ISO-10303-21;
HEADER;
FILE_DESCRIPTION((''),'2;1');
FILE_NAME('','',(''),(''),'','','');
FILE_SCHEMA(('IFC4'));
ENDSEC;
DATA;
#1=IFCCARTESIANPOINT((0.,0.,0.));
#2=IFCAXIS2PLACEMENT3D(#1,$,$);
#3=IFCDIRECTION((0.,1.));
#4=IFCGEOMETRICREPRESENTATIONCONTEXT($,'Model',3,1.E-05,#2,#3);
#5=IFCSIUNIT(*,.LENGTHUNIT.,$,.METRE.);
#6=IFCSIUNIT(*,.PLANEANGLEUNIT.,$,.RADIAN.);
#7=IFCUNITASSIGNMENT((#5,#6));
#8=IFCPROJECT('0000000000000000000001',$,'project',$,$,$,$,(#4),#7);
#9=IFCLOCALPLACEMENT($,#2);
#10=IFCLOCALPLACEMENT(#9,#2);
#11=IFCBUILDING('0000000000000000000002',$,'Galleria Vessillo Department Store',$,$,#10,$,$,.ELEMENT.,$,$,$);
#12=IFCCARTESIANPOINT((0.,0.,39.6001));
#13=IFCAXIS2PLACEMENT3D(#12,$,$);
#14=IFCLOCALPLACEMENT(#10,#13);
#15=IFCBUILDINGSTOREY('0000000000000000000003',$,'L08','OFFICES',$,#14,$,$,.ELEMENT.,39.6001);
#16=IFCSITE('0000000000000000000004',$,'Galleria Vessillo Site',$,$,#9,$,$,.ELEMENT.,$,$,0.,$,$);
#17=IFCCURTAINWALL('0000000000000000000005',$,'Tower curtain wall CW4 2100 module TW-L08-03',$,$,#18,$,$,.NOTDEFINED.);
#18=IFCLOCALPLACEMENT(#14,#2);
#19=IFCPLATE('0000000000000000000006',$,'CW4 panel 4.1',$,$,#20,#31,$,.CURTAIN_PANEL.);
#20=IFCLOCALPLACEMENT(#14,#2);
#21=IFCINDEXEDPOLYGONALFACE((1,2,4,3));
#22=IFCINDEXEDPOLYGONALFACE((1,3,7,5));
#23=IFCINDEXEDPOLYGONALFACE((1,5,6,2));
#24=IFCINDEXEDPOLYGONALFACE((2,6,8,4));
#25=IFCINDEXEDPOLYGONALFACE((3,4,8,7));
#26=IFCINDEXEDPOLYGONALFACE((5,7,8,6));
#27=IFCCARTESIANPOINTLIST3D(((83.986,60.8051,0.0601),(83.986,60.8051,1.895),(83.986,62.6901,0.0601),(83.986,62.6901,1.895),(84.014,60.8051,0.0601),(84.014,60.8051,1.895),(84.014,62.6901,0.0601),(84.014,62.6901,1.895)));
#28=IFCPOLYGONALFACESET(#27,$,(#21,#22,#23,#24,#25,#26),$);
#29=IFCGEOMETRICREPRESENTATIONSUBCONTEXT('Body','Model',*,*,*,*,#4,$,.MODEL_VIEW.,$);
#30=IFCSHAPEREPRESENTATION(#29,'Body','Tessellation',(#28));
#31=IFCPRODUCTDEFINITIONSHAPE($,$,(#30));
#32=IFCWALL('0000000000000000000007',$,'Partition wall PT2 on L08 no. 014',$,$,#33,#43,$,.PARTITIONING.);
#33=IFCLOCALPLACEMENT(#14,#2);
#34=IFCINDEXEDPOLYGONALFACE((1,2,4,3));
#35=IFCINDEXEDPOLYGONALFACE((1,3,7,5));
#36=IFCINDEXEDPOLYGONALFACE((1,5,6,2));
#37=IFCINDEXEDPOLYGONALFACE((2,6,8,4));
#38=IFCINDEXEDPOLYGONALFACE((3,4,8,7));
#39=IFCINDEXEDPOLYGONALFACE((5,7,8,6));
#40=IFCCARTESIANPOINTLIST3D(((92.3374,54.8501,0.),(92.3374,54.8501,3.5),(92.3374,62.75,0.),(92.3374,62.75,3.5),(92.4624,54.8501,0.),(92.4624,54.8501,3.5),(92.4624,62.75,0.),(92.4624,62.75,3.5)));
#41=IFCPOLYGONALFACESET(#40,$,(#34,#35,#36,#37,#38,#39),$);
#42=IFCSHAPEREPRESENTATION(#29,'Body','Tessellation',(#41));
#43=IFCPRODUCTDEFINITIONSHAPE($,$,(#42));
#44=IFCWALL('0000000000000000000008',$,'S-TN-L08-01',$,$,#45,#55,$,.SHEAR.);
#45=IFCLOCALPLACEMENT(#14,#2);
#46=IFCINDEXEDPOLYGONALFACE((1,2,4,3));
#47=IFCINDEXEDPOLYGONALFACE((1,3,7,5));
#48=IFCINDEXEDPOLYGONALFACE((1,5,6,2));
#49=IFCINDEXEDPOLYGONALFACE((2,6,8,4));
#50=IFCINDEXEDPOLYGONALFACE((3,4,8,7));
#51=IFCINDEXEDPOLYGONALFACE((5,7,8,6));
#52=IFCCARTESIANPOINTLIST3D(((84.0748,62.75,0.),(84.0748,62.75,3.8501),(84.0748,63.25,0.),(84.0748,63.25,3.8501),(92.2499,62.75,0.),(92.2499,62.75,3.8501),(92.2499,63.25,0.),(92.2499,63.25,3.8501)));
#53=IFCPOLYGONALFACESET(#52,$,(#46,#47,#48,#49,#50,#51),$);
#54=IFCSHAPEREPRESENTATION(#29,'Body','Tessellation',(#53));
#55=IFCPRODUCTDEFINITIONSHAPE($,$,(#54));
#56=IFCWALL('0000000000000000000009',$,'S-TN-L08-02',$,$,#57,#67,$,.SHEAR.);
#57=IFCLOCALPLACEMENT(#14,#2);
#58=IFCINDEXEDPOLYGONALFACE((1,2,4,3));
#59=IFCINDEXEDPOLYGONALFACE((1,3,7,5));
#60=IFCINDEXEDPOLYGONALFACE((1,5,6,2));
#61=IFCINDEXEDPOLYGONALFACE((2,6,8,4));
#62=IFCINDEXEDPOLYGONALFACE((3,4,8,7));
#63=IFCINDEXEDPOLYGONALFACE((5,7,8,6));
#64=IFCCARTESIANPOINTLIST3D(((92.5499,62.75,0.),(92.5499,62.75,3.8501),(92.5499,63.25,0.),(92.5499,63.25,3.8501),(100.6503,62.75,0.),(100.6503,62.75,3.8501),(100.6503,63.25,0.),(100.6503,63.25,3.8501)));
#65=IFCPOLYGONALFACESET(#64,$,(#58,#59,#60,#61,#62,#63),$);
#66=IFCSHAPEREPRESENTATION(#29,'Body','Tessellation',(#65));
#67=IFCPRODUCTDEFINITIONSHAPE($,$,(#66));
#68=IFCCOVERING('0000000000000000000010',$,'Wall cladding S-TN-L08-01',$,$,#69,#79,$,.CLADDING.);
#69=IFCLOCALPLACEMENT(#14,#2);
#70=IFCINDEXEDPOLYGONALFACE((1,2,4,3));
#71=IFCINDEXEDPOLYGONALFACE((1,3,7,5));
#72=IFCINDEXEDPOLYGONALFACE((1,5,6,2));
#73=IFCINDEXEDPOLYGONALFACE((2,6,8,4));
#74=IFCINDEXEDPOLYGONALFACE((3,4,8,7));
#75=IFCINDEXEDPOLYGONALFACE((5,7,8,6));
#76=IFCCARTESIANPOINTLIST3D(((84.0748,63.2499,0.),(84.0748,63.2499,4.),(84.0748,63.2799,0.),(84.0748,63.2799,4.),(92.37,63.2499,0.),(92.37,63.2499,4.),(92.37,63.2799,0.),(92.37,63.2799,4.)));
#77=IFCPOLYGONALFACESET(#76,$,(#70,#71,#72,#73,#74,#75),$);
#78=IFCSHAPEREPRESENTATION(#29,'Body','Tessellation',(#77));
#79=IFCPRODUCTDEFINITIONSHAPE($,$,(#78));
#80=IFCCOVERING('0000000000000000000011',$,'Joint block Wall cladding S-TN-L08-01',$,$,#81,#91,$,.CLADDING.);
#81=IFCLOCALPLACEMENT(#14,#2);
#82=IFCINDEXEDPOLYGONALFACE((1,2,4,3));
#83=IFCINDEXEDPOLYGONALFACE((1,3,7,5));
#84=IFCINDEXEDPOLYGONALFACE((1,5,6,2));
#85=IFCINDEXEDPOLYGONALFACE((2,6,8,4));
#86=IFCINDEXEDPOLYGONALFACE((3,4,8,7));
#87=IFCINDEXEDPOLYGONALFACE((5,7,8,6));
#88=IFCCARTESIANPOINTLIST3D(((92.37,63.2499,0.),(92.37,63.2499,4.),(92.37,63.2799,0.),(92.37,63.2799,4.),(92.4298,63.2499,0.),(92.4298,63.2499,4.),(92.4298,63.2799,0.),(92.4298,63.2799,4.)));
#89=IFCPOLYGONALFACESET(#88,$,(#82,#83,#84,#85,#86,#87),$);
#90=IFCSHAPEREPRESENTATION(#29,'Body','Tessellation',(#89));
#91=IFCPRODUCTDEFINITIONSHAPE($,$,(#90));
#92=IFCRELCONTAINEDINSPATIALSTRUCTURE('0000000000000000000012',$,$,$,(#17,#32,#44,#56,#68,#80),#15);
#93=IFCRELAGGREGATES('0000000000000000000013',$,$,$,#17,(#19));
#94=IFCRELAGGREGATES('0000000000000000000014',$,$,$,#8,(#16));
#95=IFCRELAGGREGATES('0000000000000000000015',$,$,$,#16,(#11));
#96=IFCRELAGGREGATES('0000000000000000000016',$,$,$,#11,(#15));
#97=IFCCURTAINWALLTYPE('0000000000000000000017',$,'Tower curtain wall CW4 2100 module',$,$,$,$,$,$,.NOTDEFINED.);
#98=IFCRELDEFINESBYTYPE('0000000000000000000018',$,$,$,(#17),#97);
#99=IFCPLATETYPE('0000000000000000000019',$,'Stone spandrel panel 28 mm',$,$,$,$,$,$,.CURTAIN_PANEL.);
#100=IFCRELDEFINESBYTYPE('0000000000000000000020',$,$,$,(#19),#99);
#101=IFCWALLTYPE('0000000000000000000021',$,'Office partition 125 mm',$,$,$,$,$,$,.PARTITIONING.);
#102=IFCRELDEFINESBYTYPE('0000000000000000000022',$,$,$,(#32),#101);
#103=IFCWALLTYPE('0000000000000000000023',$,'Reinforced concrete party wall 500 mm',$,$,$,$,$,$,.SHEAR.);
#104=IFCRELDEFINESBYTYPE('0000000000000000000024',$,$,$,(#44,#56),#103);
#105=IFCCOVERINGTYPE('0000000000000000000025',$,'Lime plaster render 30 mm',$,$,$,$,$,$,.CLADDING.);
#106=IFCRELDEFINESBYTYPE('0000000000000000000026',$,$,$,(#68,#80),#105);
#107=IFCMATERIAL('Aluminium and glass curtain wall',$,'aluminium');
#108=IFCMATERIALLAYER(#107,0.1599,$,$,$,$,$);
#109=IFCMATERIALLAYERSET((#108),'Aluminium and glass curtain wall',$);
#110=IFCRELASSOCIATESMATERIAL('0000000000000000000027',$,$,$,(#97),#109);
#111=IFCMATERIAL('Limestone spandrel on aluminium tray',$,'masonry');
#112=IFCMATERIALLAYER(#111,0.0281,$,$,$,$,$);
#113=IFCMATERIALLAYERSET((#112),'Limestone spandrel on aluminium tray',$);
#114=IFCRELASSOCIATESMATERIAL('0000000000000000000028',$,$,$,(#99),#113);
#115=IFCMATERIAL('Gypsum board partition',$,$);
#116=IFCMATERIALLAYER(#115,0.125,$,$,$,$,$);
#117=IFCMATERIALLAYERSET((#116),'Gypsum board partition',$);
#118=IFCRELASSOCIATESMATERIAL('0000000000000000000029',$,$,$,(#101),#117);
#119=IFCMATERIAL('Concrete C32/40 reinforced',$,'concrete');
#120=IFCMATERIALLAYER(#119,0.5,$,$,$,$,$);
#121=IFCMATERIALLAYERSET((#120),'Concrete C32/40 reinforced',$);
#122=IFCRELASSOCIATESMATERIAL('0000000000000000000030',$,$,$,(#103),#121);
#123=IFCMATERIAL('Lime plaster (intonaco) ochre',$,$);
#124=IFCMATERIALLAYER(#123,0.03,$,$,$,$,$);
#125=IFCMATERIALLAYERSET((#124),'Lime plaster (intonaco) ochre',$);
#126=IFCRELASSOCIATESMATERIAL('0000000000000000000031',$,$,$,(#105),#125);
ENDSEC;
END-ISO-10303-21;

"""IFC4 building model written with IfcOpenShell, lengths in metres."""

from ifc_helpers import new_model, si_unit, direction, frame, frame_2d, origin, origin_2d, place, context, subcontext, project, spatial, rectangle, extrude, material, layer, layer_set, type_object, element, aggregate, save


model = new_model("IFC4")

# Units and contexts
model_context = context("Model", 3, precision=1e-05, world=origin(), true_north=direction((0.0, 1.0)))
body_context = subcontext(model_context, "Body", "Model", "MODEL_VIEW")
ifc_project = project(units=[si_unit("LENGTHUNIT", "METRE"), si_unit("PLANEANGLEUNIT", "RADIAN")], contexts=[model_context])

# Site, building, storey
site_placement = place(None, origin())
site = spatial("IfcSite", under=ifc_project, at=site_placement, Name="Galleria Vessillo Site", CompositionType="ELEMENT", RefElevation=0.0)
building_placement = place(site_placement, origin())
building = spatial("IfcBuilding", under=site, at=building_placement, Name="Galleria Vessillo Department Store", CompositionType="ELEMENT")
storey_placement = place(building_placement, frame((0.0, 0.0, 39.6001)))
storey = spatial("IfcBuildingStorey", under=building, at=storey_placement, Name="L08", Description="OFFICES", CompositionType="ELEMENT", Elevation=39.6001)

# Curtain wall
ifc_material_1 = material(Name="Aluminium and glass curtain wall", Category="aluminium")
ifc_layer_1 = layer(ifc_material_1, 0.1599)
ifc_layer_set_1 = layer_set([ifc_layer_1], Name="Aluminium and glass curtain wall")
curtain_wall_type = type_object("IfcCurtainWallType", Name="Tower curtain wall CW4 2100 module", PredefinedType="NOTDEFINED", material=ifc_layer_set_1)
curtain_wall_placement = place(storey_placement, origin())
curtain_wall = element("IfcCurtainWall", 1, at=curtain_wall_placement, inside=storey, type_object=curtain_wall_type, Name="Tower curtain wall CW4 2100 module TW-L08-03", PredefinedType="NOTDEFINED")

# Plate
ifc_material_2 = material(Name="Limestone spandrel on aluminium tray", Category="masonry")
ifc_layer_2 = layer(ifc_material_2, 0.0281)
ifc_layer_set_2 = layer_set([ifc_layer_2], Name="Limestone spandrel on aluminium tray")
plate_type_1 = type_object("IfcPlateType", Name="Stone spandrel panel 28 mm", PredefinedType="CURTAIN_PANEL", material=ifc_layer_set_2)
plate_1_placement = place(storey_placement, frame((84.0, 61.7476, 0.0601), z_axis=(0.0, 0.0, 1.0), x_axis=(0.0, 1.0, 0.0)))
plate_1 = element("IfcPlate", 2, at=plate_1_placement, type_object=plate_type_1, Name="CW4 panel 4.1", PredefinedType="CURTAIN_PANEL", context=body_context, shape_type="SweptSolid", body=[
    extrude(rectangle(XDim=1.885, YDim=0.0281, at=origin_2d()), origin(), (0.0, 0.0, 1.0), 1.835),
])
aggregate(curtain_wall, [plate_1])

# Walls
ifc_material_3 = material(Name="Gypsum board partition")
ifc_layer_3 = layer(ifc_material_3, 0.125)
ifc_layer_set_3 = layer_set([ifc_layer_3], Name="Gypsum board partition")
wall_type_1 = type_object("IfcWallType", Name="Office partition 125 mm", PredefinedType="PARTITIONING", material=ifc_layer_set_3)
wall_1_placement = place(storey_placement, frame((92.3999, 54.8501, 0.0), z_axis=(0.0, 0.0, 1.0), x_axis=(0.0, 1.0, 0.0)))
element("IfcWall", 3, at=wall_1_placement, inside=storey, type_object=wall_type_1, Name="Partition wall PT2 on L08 no. 014", PredefinedType="PARTITIONING", context=body_context, shape_type="SweptSolid", body=[
    extrude(rectangle(XDim=7.8999, YDim=0.125, at=frame_2d((3.95, 0.0))), origin(), (0.0, 0.0, 1.0), 3.5),
])
ifc_material_4 = material(Name="Concrete C32/40 reinforced", Category="concrete")
ifc_layer_4 = layer(ifc_material_4, 0.5)
ifc_layer_set_4 = layer_set([ifc_layer_4], Name="Concrete C32/40 reinforced")
wall_type_2 = type_object("IfcWallType", Name="Reinforced concrete party wall 500 mm", PredefinedType="SHEAR", material=ifc_layer_set_4)
wall_2_placement = place(storey_placement, frame((84.075, 63.0, 0.0), z_axis=(0.0, 0.0, 1.0), x_axis=(1.0, 0.0, 0.0)))
element("IfcWall", 4, at=wall_2_placement, inside=storey, type_object=wall_type_2, Name="S-TN-L08-01", PredefinedType="SHEAR", context=body_context, shape_type="SweptSolid", body=[
    extrude(rectangle(XDim=8.175, YDim=0.5, at=frame_2d((4.0874, 0.0))), origin(), (0.0, 0.0, 1.0), 3.8501),
])
wall_3_placement = place(storey_placement, frame((92.5498, 63.0, 0.0), z_axis=(0.0, 0.0, 1.0), x_axis=(1.0, 0.0, 0.0)))
element("IfcWall", 5, at=wall_3_placement, inside=storey, type_object=wall_type_2, Name="S-TN-L08-02", PredefinedType="SHEAR", context=body_context, shape_type="SweptSolid", body=[
    extrude(rectangle(XDim=8.1003, YDim=0.5, at=frame_2d((4.0503, 0.0))), origin(), (0.0, 0.0, 1.0), 3.8501),
])

# Coverings
ifc_material_5 = material(Name="Lime plaster (intonaco) ochre")
ifc_layer_5 = layer(ifc_material_5, 0.03)
ifc_layer_set_5 = layer_set([ifc_layer_5], Name="Lime plaster (intonaco) ochre")
covering_type = type_object("IfcCoveringType", Name="Lime plaster render 30 mm", PredefinedType="CLADDING", material=ifc_layer_set_5)
covering_1_placement = place(storey_placement, frame((88.2224, 63.2649, 0.0), z_axis=(0.0, 0.0, 1.0), x_axis=(1.0, 0.0, 0.0)))
element("IfcCovering", 6, at=covering_1_placement, inside=storey, type_object=covering_type, Name="Wall cladding S-TN-L08-01", PredefinedType="CLADDING", context=body_context, shape_type="SweptSolid", body=[
    extrude(rectangle(XDim=8.2952, YDim=0.03, at=origin_2d()), origin(), (0.0, 0.0, 1.0), 4.0),
])
covering_2_placement = place(storey_placement, frame((92.3999, 63.2649, 0.0), z_axis=(0.0, 0.0, 1.0), x_axis=(1.0, 0.0, 0.0)))
element("IfcCovering", 7, at=covering_2_placement, inside=storey, type_object=covering_type, Name="Joint block Wall cladding S-TN-L08-01", PredefinedType="CLADDING", context=body_context, shape_type="SweptSolid", body=[
    extrude(rectangle(XDim=0.0598, YDim=0.03, at=origin_2d()), origin(), (0.0, 0.0, 1.0), 4.0),
])

save(model, "model.ifc")
